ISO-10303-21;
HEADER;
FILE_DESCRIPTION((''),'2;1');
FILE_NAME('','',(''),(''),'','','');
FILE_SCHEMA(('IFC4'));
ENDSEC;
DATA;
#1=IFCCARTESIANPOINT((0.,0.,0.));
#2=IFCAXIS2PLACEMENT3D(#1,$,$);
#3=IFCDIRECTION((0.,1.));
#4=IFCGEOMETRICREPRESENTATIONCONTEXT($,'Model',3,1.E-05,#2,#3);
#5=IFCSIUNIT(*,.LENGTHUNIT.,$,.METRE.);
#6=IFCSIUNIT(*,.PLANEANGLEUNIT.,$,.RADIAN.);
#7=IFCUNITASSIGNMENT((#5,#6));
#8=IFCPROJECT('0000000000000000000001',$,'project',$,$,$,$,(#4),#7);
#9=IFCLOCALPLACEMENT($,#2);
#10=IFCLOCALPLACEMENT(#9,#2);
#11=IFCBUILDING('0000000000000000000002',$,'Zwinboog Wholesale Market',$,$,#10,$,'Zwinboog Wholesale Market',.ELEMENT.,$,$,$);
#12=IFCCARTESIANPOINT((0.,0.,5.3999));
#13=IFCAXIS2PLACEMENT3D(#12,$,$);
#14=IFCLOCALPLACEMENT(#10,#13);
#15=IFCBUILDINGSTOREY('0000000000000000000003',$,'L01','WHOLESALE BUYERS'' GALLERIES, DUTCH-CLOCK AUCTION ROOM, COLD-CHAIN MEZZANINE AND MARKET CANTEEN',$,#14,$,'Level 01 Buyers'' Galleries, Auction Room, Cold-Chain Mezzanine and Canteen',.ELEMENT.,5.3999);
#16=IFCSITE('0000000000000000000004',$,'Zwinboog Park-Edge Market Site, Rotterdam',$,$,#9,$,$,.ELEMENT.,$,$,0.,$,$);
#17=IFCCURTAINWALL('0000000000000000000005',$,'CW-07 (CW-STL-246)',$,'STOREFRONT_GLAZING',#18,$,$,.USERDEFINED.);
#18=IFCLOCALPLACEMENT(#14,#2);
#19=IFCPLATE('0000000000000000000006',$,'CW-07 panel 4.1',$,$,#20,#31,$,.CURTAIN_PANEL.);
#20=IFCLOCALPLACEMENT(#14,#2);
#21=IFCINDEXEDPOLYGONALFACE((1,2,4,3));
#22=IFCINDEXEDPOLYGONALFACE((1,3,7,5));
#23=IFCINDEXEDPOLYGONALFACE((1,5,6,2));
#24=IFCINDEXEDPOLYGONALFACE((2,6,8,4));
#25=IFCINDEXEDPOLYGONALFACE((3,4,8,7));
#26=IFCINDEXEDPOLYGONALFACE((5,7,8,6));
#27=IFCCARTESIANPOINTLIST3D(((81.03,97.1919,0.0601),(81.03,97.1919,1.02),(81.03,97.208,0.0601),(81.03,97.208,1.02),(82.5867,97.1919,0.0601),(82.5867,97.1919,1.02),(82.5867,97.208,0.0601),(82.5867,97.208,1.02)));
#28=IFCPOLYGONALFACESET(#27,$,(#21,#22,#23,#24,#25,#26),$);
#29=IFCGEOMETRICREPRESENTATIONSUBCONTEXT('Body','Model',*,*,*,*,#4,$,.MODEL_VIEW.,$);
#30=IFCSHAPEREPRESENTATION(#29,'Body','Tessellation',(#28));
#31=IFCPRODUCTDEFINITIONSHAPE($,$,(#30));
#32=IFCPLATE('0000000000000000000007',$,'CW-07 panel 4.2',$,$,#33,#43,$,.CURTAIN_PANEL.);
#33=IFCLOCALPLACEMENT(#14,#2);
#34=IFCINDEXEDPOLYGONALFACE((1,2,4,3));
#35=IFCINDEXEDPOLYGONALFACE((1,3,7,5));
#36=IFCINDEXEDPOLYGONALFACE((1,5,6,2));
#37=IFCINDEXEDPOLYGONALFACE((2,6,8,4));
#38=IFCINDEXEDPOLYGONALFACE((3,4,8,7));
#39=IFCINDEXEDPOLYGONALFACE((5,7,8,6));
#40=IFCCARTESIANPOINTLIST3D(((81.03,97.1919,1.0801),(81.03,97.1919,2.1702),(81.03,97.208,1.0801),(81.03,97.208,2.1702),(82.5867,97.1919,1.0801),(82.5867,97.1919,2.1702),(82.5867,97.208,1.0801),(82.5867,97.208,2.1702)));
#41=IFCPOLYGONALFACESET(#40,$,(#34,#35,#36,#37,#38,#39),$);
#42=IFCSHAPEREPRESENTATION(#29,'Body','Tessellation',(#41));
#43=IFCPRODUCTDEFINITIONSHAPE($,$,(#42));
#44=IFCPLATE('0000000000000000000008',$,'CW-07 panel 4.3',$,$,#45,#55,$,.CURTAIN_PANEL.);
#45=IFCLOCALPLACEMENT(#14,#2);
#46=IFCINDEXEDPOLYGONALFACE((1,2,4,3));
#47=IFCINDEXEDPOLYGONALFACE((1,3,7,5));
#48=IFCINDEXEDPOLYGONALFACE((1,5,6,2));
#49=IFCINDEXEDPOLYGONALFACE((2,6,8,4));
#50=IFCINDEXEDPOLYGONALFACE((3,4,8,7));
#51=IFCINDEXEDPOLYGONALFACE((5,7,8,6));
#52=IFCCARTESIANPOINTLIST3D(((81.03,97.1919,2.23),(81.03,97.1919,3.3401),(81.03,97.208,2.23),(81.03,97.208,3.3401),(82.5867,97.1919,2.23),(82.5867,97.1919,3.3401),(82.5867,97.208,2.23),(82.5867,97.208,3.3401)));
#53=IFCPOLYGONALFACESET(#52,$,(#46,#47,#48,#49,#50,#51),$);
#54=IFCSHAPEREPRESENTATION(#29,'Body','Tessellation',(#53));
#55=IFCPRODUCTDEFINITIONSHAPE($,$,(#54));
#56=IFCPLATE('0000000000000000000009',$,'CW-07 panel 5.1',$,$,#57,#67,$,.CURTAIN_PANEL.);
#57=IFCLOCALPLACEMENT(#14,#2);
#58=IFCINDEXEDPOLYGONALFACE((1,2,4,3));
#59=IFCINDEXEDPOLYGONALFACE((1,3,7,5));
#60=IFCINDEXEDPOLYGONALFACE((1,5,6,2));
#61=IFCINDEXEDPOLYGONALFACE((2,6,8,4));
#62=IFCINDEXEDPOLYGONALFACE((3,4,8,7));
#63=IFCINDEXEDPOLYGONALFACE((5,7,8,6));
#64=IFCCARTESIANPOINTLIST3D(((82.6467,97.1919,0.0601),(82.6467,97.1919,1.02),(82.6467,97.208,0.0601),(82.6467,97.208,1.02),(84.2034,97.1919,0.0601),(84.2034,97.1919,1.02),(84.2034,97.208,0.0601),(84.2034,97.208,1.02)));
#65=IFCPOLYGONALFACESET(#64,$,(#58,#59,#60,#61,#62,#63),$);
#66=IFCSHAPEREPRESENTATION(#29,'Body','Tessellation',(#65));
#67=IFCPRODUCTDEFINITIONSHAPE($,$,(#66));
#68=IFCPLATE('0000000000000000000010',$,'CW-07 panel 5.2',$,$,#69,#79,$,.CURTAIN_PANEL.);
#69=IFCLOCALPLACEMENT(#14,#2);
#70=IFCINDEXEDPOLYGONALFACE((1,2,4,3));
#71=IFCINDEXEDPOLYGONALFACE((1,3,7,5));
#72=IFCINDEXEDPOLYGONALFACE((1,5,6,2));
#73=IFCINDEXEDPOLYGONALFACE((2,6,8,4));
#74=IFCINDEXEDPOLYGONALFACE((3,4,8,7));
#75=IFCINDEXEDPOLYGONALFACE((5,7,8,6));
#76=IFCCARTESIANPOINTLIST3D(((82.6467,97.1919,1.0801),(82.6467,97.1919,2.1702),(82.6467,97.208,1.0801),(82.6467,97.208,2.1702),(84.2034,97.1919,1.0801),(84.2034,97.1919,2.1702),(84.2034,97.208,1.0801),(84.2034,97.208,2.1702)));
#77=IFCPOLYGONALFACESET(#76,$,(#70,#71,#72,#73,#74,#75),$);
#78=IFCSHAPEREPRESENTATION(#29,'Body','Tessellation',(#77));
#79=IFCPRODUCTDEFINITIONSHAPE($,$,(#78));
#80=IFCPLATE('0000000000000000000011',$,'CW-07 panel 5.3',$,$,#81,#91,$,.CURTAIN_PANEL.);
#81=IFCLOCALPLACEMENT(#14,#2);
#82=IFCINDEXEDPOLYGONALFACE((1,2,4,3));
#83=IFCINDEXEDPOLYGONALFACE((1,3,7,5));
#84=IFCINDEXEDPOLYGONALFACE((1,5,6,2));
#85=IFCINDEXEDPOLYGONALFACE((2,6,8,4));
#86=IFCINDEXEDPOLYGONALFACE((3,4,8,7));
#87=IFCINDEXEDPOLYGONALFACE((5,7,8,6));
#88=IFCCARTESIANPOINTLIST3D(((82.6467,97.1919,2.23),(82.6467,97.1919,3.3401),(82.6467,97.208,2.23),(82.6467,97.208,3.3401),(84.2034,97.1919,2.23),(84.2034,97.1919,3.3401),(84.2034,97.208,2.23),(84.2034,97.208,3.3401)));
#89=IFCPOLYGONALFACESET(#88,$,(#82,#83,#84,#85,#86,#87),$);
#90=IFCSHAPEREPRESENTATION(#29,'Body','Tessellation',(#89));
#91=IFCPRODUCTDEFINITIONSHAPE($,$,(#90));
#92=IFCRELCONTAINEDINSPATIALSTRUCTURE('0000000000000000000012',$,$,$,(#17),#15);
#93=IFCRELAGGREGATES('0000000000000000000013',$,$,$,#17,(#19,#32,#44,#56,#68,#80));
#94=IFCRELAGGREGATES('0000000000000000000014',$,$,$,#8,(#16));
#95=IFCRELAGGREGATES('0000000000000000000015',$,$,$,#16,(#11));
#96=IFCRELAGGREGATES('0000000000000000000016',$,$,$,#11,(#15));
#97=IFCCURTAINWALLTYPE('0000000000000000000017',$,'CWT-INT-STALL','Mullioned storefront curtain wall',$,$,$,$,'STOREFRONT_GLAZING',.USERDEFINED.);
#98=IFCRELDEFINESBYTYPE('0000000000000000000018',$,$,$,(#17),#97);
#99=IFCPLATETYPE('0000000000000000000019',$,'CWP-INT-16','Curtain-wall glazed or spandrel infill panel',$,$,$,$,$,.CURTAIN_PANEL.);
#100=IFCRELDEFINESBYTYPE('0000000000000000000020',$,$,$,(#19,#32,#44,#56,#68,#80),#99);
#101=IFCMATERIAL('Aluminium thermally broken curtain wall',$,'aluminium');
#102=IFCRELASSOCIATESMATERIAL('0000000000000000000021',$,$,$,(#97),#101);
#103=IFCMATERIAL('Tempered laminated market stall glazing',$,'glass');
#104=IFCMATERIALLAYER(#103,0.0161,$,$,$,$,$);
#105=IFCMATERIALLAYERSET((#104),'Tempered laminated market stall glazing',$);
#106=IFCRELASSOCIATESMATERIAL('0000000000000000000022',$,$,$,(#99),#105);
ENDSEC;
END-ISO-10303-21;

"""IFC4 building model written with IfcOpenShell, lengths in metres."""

from ifc_helpers import new_model, si_unit, direction, frame, origin, origin_2d, place, context, subcontext, project, spatial, rectangle, extrude, material, layer, layer_set, type_object, element, aggregate, save


model = new_model("IFC4")

# Units and contexts
model_context = context("Model", 3, precision=1e-05, world=origin(), true_north=direction((0.0, 1.0)))
body_context = subcontext(model_context, "Body", "Model", "MODEL_VIEW")
ifc_project = project(units=[si_unit("LENGTHUNIT", "METRE"), si_unit("PLANEANGLEUNIT", "RADIAN")], contexts=[model_context])

# Site, building, storey
site_placement = place(None, origin())
site = spatial("IfcSite", under=ifc_project, at=site_placement, Name="Zwinboog Park-Edge Market Site, Rotterdam", CompositionType="ELEMENT", RefElevation=0.0)
building_placement = place(site_placement, origin())
building = spatial("IfcBuilding", under=site, at=building_placement, Name="Zwinboog Wholesale Market", LongName="Zwinboog Wholesale Market", CompositionType="ELEMENT")
storey_placement = place(building_placement, frame((0.0, 0.0, 5.3999)))
storey = spatial("IfcBuildingStorey", under=building, at=storey_placement, Name="L01", Description="WHOLESALE BUYERS' GALLERIES, DUTCH-CLOCK AUCTION ROOM, COLD-CHAIN MEZZANINE AND MARKET CANTEEN", LongName="Level 01 Buyers' Galleries, Auction Room, Cold-Chain Mezzanine and Canteen", CompositionType="ELEMENT", Elevation=5.3999)

# Curtain wall, plates
ifc_material_1 = material(Name="Aluminium thermally broken curtain wall", Category="aluminium")
curtain_wall_type = type_object("IfcCurtainWallType", Name="CWT-INT-STALL", Description="Mullioned storefront curtain wall", ElementType="STOREFRONT_GLAZING", PredefinedType="USERDEFINED", material=ifc_material_1)
curtain_wall_placement = place(storey_placement, origin())
curtain_wall = element("IfcCurtainWall", 1, at=curtain_wall_placement, inside=storey, type_object=curtain_wall_type, Name="CW-07 (CW-STL-246)", ObjectType="STOREFRONT_GLAZING", PredefinedType="USERDEFINED")
ifc_material_2 = material(Name="Tempered laminated market stall glazing", Category="glass")
ifc_layer = layer(ifc_material_2, 0.0161)
ifc_layer_set = layer_set([ifc_layer], Name="Tempered laminated market stall glazing")
plate_type = type_object("IfcPlateType", Name="CWP-INT-16", Description="Curtain-wall glazed or spandrel infill panel", PredefinedType="CURTAIN_PANEL", material=ifc_layer_set)
plate_1_placement = place(storey_placement, frame((81.8083, 97.2, 0.0601), z_axis=(0.0, 0.0, 1.0), x_axis=(1.0, 0.0, 0.0)))
plate_1 = element("IfcPlate", 2, at=plate_1_placement, type_object=plate_type, Name="CW-07 panel 4.1", PredefinedType="CURTAIN_PANEL", context=body_context, shape_type="SweptSolid", body=[
    extrude(rectangle(XDim=1.5566, YDim=0.0161, at=origin_2d()), origin(), (0.0, 0.0, 1.0), 0.96),
])
plate_2_placement = place(storey_placement, frame((81.8083, 97.2, 1.0801), z_axis=(0.0, 0.0, 1.0), x_axis=(1.0, 0.0, 0.0)))
plate_2 = element("IfcPlate", 3, at=plate_2_placement, type_object=plate_type, Name="CW-07 panel 4.2", PredefinedType="CURTAIN_PANEL", context=body_context, shape_type="SweptSolid", body=[
    extrude(rectangle(XDim=1.5566, YDim=0.0161, at=origin_2d()), origin(), (0.0, 0.0, 1.0), 1.0901),
])
plate_3_placement = place(storey_placement, frame((81.8083, 97.2, 2.23), z_axis=(0.0, 0.0, 1.0), x_axis=(1.0, 0.0, 0.0)))
plate_3 = element("IfcPlate", 4, at=plate_3_placement, type_object=plate_type, Name="CW-07 panel 4.3", PredefinedType="CURTAIN_PANEL", context=body_context, shape_type="SweptSolid", body=[
    extrude(rectangle(XDim=1.5566, YDim=0.0161, at=origin_2d()), origin(), (0.0, 0.0, 1.0), 1.1101),
])
plate_4_placement = place(storey_placement, frame((83.425, 97.2, 0.0601), z_axis=(0.0, 0.0, 1.0), x_axis=(1.0, 0.0, 0.0)))
plate_4 = element("IfcPlate", 5, at=plate_4_placement, type_object=plate_type, Name="CW-07 panel 5.1", PredefinedType="CURTAIN_PANEL", context=body_context, shape_type="SweptSolid", body=[
    extrude(rectangle(XDim=1.5566, YDim=0.0161, at=origin_2d()), origin(), (0.0, 0.0, 1.0), 0.96),
])
plate_5_placement = place(storey_placement, frame((83.425, 97.2, 1.0801), z_axis=(0.0, 0.0, 1.0), x_axis=(1.0, 0.0, 0.0)))
plate_5 = element("IfcPlate", 6, at=plate_5_placement, type_object=plate_type, Name="CW-07 panel 5.2", PredefinedType="CURTAIN_PANEL", context=body_context, shape_type="SweptSolid", body=[
    extrude(rectangle(XDim=1.5566, YDim=0.0161, at=origin_2d()), origin(), (0.0, 0.0, 1.0), 1.0901),
])
plate_6_placement = place(storey_placement, frame((83.425, 97.2, 2.23), z_axis=(0.0, 0.0, 1.0), x_axis=(1.0, 0.0, 0.0)))
plate_6 = element("IfcPlate", 7, at=plate_6_placement, type_object=plate_type, Name="CW-07 panel 5.3", PredefinedType="CURTAIN_PANEL", context=body_context, shape_type="SweptSolid", body=[
    extrude(rectangle(XDim=1.5566, YDim=0.0161, at=origin_2d()), origin(), (0.0, 0.0, 1.0), 1.1101),
])
aggregate(curtain_wall, [plate_1, plate_2, plate_3, plate_4, plate_5, plate_6])

save(model, "model.ifc")
